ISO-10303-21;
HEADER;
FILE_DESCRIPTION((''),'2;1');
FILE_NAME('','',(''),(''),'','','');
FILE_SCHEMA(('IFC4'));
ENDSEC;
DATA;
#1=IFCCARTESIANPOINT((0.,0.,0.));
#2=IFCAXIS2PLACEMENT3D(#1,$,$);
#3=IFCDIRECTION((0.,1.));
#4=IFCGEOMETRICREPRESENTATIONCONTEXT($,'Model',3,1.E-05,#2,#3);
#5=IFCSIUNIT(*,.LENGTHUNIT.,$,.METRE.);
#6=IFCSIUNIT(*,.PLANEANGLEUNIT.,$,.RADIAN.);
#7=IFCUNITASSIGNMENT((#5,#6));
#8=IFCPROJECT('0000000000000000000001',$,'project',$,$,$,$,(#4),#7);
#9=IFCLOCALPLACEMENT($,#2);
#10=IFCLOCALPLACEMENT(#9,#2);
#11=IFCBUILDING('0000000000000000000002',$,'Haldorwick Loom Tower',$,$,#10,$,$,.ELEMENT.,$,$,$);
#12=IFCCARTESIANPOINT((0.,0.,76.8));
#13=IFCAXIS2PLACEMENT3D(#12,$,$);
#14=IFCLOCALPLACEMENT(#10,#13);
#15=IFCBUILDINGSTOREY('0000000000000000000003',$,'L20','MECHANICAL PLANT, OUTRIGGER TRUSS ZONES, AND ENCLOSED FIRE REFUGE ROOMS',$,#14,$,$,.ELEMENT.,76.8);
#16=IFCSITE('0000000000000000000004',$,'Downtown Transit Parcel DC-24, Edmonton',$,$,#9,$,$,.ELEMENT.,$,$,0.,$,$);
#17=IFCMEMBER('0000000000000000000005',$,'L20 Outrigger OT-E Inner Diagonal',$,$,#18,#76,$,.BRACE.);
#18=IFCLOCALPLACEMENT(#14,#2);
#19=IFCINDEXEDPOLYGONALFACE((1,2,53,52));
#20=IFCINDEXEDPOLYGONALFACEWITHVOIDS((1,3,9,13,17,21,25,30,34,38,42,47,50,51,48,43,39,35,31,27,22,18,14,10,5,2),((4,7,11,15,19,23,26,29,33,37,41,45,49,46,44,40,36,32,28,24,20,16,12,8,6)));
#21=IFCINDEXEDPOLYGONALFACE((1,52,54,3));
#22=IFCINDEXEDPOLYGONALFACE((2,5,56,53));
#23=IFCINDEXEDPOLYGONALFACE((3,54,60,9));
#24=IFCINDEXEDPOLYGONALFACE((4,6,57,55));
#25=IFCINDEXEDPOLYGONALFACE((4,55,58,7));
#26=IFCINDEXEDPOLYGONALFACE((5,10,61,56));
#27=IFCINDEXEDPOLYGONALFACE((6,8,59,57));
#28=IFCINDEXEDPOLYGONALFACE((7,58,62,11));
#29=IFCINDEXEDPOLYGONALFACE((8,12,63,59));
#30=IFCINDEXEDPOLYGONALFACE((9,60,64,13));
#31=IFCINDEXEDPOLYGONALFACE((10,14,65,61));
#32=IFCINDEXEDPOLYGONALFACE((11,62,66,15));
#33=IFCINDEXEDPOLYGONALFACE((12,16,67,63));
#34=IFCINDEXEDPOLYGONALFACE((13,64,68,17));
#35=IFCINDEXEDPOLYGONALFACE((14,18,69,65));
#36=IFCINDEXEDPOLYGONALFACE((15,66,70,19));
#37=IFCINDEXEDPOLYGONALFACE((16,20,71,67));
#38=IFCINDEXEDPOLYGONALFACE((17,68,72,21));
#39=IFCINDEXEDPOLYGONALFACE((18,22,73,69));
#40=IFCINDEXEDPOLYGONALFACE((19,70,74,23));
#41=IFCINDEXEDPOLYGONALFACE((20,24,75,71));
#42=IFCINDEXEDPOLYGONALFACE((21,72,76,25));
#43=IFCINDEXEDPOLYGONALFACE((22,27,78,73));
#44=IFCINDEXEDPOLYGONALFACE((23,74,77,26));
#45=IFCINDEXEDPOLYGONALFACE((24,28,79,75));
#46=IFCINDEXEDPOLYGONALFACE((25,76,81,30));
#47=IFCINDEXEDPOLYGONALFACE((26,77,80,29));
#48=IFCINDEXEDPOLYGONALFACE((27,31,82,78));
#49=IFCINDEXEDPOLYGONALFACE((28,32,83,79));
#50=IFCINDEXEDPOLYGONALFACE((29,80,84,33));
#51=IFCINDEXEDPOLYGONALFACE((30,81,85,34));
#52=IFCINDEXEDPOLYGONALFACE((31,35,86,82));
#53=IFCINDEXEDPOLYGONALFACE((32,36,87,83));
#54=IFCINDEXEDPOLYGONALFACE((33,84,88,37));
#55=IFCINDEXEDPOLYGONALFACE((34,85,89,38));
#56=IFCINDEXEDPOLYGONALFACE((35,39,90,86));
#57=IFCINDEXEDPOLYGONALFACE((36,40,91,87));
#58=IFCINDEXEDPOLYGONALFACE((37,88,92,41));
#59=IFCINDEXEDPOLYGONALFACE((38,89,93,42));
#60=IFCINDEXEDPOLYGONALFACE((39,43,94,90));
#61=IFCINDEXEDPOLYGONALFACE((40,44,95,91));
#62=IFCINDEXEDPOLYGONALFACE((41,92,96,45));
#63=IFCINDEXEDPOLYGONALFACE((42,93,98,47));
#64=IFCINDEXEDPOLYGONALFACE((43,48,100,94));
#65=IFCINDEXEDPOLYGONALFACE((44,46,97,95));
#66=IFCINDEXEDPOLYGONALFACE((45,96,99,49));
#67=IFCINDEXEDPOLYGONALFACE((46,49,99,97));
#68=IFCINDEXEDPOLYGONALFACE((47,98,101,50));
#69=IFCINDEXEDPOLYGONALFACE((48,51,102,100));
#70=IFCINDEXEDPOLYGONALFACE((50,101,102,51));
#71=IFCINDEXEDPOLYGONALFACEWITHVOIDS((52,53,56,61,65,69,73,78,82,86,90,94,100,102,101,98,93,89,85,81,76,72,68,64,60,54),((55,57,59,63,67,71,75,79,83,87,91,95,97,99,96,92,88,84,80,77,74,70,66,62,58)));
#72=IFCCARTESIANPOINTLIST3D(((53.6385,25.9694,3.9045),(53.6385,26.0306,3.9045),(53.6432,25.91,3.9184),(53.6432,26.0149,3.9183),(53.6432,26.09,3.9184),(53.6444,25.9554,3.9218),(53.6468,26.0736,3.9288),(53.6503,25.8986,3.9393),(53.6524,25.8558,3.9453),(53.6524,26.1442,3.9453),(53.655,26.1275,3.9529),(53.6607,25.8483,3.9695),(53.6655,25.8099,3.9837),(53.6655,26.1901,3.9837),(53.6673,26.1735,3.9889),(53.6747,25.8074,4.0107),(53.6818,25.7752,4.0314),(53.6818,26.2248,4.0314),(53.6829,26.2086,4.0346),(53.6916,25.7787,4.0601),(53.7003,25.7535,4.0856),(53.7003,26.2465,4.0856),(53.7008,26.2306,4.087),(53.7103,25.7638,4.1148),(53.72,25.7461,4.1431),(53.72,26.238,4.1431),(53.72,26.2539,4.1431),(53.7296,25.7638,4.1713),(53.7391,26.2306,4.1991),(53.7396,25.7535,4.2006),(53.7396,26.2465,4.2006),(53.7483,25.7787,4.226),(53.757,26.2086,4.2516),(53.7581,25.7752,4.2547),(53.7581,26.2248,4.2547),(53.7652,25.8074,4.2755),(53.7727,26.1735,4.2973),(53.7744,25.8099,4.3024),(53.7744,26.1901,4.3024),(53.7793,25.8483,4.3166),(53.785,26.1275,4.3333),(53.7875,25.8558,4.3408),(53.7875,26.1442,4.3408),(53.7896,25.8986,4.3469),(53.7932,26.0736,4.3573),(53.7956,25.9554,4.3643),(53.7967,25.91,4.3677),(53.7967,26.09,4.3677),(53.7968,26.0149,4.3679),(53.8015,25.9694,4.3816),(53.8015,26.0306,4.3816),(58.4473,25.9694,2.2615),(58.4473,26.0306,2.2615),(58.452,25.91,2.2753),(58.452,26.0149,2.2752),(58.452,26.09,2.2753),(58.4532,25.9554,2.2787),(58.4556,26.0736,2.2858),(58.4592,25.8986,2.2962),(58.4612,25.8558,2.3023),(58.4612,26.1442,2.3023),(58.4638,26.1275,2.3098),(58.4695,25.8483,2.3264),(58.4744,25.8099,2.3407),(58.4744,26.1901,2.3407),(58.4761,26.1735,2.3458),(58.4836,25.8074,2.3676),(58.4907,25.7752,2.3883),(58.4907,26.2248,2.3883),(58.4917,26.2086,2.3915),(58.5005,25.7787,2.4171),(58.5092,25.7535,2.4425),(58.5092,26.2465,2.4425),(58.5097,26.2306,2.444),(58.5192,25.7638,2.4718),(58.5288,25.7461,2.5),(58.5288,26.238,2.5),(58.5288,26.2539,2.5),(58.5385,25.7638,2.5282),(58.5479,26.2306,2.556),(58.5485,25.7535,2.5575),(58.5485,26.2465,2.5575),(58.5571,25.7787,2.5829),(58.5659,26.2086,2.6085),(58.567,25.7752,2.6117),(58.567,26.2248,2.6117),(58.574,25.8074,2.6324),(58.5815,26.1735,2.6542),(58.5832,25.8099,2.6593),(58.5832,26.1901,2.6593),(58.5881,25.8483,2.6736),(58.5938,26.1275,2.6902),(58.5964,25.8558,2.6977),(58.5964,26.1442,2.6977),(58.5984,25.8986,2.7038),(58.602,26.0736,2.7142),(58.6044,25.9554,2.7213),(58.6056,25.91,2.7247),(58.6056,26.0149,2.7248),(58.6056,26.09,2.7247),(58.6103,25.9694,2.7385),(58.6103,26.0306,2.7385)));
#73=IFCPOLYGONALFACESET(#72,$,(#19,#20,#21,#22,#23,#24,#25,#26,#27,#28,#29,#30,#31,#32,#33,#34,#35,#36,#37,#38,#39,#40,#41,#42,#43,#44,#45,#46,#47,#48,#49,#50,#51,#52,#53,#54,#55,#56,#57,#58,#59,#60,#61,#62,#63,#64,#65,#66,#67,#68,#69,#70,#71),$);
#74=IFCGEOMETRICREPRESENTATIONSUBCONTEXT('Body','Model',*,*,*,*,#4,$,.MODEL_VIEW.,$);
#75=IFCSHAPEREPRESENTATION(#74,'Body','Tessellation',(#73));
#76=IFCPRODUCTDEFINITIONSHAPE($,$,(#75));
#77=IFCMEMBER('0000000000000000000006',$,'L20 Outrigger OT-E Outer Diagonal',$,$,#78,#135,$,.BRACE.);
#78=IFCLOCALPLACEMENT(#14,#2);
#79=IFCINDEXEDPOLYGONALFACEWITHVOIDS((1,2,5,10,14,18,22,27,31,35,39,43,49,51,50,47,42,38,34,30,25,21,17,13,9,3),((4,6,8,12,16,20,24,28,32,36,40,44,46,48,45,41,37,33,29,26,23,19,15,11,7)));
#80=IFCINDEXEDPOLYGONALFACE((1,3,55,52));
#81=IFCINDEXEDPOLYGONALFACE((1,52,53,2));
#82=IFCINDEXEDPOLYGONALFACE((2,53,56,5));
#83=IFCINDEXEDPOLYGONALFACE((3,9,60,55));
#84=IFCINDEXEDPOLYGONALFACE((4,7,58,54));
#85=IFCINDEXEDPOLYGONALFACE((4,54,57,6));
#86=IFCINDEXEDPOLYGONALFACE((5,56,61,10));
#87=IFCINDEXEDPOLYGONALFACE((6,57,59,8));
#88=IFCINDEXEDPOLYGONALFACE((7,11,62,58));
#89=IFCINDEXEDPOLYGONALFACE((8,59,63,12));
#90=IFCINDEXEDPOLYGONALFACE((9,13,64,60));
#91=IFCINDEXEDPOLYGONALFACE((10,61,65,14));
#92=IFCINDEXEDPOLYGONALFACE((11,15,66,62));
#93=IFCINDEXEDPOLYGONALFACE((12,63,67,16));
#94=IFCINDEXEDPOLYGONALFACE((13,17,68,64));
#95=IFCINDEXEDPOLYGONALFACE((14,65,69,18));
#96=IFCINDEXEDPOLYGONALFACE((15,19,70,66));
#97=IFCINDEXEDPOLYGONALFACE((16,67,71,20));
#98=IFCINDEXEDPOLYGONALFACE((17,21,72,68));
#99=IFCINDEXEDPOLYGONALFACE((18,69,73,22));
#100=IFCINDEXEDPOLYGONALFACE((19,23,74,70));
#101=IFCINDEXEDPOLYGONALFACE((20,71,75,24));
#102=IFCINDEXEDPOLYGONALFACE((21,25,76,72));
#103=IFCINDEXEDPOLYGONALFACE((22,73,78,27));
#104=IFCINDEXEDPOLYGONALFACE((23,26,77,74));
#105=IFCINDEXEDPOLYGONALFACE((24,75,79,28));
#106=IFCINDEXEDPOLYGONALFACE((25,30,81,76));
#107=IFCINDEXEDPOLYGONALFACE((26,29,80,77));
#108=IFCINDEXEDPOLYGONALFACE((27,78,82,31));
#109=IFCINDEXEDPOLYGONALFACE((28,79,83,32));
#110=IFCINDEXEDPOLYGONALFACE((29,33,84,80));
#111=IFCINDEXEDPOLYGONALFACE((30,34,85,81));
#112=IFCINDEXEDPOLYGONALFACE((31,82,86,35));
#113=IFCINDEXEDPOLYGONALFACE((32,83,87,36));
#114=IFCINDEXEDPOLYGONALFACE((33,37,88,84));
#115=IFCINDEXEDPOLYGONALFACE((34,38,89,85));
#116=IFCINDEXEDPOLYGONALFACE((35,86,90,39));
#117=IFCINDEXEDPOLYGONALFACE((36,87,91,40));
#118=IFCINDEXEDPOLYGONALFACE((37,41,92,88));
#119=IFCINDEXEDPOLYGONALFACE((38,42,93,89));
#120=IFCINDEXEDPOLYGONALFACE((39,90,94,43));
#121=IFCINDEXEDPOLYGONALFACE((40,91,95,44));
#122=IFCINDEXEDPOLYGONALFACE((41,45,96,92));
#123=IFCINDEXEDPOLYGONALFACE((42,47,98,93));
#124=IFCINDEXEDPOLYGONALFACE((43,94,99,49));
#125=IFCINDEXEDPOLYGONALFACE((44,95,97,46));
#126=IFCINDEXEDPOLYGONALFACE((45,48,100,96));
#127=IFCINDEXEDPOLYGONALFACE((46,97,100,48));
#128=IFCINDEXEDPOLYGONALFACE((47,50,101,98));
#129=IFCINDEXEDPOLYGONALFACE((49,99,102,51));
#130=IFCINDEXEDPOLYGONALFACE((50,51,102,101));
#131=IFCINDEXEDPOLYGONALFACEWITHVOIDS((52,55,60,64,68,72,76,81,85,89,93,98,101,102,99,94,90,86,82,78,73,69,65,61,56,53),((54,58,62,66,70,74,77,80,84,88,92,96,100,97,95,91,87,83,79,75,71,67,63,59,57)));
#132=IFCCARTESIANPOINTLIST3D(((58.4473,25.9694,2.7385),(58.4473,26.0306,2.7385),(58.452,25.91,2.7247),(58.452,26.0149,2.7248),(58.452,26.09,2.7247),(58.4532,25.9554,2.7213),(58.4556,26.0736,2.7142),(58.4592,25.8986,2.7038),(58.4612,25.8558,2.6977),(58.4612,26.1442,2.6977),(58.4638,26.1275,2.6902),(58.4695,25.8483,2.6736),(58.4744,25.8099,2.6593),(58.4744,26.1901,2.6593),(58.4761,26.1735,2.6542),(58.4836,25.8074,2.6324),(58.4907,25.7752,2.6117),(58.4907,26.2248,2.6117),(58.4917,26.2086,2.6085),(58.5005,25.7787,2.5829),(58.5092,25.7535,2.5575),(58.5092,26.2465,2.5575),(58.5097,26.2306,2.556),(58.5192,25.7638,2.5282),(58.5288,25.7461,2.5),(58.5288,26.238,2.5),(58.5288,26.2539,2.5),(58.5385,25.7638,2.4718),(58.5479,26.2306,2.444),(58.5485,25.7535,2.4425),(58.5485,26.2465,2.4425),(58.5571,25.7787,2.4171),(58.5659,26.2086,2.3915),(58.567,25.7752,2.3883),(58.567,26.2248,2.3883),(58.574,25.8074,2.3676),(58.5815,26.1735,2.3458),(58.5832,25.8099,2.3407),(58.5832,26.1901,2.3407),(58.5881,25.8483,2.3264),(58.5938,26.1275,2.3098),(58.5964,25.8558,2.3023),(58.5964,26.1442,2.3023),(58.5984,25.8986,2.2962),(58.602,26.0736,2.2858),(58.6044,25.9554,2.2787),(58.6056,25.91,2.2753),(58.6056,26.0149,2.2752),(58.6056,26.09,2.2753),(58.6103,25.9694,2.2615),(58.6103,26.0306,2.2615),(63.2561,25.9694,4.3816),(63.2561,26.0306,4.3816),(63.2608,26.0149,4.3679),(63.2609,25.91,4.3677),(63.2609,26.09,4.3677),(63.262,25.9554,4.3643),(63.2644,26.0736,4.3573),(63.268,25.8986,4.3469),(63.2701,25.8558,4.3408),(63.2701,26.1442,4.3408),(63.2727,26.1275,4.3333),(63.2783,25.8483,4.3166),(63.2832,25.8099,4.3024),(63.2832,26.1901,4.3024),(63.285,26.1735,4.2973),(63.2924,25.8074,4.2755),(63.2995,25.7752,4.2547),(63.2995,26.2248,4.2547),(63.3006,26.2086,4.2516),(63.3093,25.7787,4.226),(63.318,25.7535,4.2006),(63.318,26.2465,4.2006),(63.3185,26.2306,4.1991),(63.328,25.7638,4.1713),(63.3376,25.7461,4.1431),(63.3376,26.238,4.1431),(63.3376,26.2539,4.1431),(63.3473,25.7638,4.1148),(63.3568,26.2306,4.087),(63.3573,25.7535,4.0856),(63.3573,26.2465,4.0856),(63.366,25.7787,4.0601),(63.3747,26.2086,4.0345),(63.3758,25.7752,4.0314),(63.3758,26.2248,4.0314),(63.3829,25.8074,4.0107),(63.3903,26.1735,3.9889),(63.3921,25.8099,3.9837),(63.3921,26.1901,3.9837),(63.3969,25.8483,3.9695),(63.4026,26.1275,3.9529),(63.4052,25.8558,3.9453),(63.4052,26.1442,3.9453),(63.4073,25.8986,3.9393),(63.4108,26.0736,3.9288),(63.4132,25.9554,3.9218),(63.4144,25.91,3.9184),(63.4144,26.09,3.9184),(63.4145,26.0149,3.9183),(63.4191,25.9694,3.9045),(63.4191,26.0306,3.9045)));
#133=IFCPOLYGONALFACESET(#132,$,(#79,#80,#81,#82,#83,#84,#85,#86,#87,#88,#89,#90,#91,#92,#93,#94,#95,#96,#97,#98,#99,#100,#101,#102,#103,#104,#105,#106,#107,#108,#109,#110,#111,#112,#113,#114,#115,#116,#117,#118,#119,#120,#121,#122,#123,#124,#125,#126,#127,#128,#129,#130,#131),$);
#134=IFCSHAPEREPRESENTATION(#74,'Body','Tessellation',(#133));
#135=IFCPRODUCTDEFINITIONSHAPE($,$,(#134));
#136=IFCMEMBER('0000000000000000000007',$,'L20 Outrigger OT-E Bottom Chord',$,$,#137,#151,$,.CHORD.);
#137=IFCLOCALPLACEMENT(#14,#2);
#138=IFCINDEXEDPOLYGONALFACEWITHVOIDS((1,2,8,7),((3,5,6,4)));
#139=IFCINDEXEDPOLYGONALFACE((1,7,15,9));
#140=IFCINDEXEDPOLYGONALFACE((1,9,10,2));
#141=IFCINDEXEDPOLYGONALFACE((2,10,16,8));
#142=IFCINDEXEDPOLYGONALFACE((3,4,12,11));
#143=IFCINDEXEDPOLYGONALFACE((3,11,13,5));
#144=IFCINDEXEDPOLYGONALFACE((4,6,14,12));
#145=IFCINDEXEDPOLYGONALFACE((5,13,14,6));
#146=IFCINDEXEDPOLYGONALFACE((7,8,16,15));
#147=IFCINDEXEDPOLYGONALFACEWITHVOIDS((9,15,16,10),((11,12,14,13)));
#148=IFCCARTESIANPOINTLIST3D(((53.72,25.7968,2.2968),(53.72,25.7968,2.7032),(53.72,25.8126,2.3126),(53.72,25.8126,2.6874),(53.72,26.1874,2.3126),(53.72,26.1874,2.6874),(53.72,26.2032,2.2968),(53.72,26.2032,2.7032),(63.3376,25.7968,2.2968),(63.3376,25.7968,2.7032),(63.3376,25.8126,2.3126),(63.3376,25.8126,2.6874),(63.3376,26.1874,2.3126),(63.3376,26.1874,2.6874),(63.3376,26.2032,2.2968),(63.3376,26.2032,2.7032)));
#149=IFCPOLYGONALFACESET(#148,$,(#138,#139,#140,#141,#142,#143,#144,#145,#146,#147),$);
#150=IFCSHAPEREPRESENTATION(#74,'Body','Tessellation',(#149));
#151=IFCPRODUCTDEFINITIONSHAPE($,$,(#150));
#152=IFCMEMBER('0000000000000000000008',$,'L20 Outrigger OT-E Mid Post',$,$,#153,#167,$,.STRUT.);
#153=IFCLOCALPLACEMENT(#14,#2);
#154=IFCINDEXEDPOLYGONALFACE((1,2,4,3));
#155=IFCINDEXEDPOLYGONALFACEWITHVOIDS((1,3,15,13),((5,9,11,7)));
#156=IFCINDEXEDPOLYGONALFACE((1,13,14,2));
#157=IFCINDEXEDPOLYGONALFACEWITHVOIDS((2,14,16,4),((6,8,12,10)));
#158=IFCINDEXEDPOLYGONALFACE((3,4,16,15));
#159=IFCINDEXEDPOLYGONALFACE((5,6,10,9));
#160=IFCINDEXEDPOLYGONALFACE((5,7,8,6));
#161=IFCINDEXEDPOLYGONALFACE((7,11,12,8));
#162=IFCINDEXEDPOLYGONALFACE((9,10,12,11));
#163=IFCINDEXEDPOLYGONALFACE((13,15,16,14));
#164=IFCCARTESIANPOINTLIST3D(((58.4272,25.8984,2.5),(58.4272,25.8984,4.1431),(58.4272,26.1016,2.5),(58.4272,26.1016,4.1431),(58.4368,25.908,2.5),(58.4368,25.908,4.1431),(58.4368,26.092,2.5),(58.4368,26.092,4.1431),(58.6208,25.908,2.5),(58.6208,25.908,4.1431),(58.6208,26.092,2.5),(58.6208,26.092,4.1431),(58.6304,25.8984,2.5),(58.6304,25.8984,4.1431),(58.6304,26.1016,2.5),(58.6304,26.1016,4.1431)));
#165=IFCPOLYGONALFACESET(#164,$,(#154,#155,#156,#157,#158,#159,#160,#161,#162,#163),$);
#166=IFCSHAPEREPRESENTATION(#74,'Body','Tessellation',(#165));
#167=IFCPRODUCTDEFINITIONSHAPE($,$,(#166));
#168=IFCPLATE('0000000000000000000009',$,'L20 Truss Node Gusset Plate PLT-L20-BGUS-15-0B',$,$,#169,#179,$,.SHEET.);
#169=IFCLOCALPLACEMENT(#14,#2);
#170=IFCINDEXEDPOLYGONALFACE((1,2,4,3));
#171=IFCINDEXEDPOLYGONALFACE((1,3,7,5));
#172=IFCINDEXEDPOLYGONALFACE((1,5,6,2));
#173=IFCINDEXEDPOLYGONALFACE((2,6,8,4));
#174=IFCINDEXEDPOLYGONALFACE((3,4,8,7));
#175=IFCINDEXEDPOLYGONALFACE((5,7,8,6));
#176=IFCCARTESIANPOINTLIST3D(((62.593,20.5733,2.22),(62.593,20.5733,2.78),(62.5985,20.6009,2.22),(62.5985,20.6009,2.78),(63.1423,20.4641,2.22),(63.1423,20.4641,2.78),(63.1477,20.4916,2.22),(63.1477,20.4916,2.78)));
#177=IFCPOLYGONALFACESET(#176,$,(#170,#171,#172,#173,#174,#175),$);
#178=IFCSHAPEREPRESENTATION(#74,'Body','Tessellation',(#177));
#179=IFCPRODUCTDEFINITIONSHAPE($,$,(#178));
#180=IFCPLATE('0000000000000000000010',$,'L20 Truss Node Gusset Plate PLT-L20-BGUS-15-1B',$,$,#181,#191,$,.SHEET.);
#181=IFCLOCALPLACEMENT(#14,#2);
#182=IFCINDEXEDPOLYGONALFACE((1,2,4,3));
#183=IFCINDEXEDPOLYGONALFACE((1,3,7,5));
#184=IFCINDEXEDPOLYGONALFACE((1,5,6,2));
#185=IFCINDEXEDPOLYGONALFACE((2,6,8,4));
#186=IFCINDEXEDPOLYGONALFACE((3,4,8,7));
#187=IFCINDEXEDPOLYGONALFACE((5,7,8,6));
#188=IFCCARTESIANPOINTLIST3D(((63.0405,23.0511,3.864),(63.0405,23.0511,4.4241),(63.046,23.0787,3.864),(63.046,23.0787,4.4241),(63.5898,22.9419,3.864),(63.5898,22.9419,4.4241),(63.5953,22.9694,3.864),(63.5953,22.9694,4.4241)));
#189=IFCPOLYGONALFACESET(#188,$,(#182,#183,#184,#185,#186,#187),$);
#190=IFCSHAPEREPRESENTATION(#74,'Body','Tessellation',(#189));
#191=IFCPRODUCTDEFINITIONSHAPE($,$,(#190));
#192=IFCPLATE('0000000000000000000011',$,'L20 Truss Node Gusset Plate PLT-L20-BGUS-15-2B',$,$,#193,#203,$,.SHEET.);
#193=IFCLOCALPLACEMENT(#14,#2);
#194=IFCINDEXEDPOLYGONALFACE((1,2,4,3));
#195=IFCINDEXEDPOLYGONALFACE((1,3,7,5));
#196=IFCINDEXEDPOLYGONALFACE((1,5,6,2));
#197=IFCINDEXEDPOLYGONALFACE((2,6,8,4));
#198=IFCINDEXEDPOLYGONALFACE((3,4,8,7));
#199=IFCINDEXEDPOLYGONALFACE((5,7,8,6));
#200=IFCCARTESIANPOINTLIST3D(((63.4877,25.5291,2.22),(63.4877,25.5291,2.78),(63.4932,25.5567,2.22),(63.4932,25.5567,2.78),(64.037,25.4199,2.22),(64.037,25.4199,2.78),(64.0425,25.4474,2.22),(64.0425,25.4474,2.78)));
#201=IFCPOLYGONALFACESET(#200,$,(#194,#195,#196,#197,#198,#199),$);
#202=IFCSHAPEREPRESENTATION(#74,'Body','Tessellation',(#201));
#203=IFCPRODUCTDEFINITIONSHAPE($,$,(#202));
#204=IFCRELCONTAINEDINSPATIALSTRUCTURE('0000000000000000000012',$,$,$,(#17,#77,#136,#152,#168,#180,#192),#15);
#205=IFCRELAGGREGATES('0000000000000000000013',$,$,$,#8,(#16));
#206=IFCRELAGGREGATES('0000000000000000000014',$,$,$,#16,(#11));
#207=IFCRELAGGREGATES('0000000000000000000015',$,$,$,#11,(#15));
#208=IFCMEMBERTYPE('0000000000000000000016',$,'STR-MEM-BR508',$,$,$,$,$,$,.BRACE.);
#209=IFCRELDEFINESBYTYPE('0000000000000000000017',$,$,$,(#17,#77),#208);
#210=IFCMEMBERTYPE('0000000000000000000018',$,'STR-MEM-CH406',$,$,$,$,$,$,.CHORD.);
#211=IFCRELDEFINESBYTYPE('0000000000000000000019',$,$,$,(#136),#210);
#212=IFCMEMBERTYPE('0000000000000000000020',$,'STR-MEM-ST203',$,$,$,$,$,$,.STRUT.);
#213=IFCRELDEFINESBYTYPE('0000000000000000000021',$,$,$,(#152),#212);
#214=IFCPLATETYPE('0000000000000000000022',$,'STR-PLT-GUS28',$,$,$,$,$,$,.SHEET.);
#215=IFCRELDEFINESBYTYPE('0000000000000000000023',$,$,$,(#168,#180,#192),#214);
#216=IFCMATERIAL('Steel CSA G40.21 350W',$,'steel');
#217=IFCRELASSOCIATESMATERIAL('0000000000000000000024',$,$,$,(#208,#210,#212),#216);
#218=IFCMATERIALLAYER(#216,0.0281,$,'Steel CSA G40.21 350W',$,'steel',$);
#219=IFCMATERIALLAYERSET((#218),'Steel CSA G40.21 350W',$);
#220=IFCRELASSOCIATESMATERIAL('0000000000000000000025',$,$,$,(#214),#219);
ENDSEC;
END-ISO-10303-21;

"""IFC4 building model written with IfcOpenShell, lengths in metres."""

from ifc_helpers import new_model, si_unit, direction, frame, origin, origin_2d, place, context, subcontext, project, spatial, rectangle, hollow_rectangle, hollow_circle, extrude, material, layer, layer_set, material_profile, profile_set, type_object, element, save


model = new_model("IFC4")

# Units and contexts
model_context = context("Model", 3, precision=1e-05, world=origin(), true_north=direction((0.0, 1.0)))
body_context = subcontext(model_context, "Body", "Model", "MODEL_VIEW")
ifc_project = project(units=[si_unit("LENGTHUNIT", "METRE"), si_unit("PLANEANGLEUNIT", "RADIAN")], contexts=[model_context])

# Site, building, storey
site_placement = place(None, origin())
site = spatial("IfcSite", under=ifc_project, at=site_placement, Name="Downtown Transit Parcel DC-24, Edmonton", CompositionType="ELEMENT", RefElevation=0.0)
building_placement = place(site_placement, origin())
building = spatial("IfcBuilding", under=site, at=building_placement, Name="Haldorwick Loom Tower", CompositionType="ELEMENT")
storey_placement = place(building_placement, frame((0.0, 0.0, 76.8)))
storey = spatial("IfcBuildingStorey", under=building, at=storey_placement, Name="L20", Description="MECHANICAL PLANT, OUTRIGGER TRUSS ZONES, AND ENCLOSED FIRE REFUGE ROOMS", CompositionType="ELEMENT", Elevation=76.8)

# Shared definitions
ifc_material_1 = material(Name="Steel CSA G40.21 350W", Category="steel")

# Members
ifc_material_profile_1 = material_profile(ifc_material_1, hollow_circle(Radius=0.2539, WallThickness=0.0159, at=origin_2d()), Name="HSS508X16", Category="steel")
ifc_profile_set_1 = profile_set([ifc_material_profile_1], Name="Steel CSA G40.21 350W")
member_type_1 = type_object("IfcMemberType", Name="STR-MEM-BR508", PredefinedType="BRACE", material=ifc_profile_set_1)
for number, where, z_axis, x_axis, name in (
    (1, (53.72, 26.0, 4.1431), (0.946288, 0.0, -0.323324), (0.0, 1.0, 0.0), "L20 Outrigger OT-E Inner Diagonal"),
    (2, (58.5288, 26.0, 2.5), (0.946288, 0.0, 0.323324), (0.0, 1.0, 0.0), "L20 Outrigger OT-E Outer Diagonal"),
):
    element("IfcMember", number, at=place(storey_placement, frame(where, z_axis=z_axis, x_axis=x_axis)), inside=storey, type_object=member_type_1, Name=name, PredefinedType="BRACE", context=body_context, shape_type="SweptSolid", body=[
        extrude(hollow_circle(Radius=0.2539, WallThickness=0.0159, at=origin_2d()), origin(), (0.0, 0.0, 1.0), 5.0818),
    ])
ifc_material_profile_2 = material_profile(ifc_material_1, hollow_rectangle(XDim=0.4065, YDim=0.4065, WallThickness=0.0159, at=origin_2d()), Name="HSS406X406X16", Category="steel")
ifc_profile_set_2 = profile_set([ifc_material_profile_2], Name="Steel CSA G40.21 350W")
member_type_2 = type_object("IfcMemberType", Name="STR-MEM-CH406", PredefinedType="CHORD", material=ifc_profile_set_2)
member_1_placement = place(storey_placement, frame((53.72, 26.0, 2.5), z_axis=(1.0, 0.0, 0.0), x_axis=(0.0, 1.0, 0.0)))
element("IfcMember", 3, at=member_1_placement, inside=storey, type_object=member_type_2, Name="L20 Outrigger OT-E Bottom Chord", PredefinedType="CHORD", context=body_context, shape_type="SweptSolid", body=[
    extrude(hollow_rectangle(XDim=0.4065, YDim=0.4065, WallThickness=0.0159, at=origin_2d()), origin(), (0.0, 0.0, 1.0), 9.6177),
])
ifc_material_profile_3 = material_profile(ifc_material_1, hollow_rectangle(XDim=0.2031, YDim=0.2031, WallThickness=0.0095, at=origin_2d()), Name="HSS203X203X10", Category="steel")
ifc_profile_set_3 = profile_set([ifc_material_profile_3], Name="Steel CSA G40.21 350W")
member_type_3 = type_object("IfcMemberType", Name="STR-MEM-ST203", PredefinedType="STRUT", material=ifc_profile_set_3)
member_2_placement = place(storey_placement, frame((58.5288, 26.0, 2.5), z_axis=(0.0, 0.0, 1.0), x_axis=(1.0, 0.0, 0.0)))
element("IfcMember", 4, at=member_2_placement, inside=storey, type_object=member_type_3, Name="L20 Outrigger OT-E Mid Post", PredefinedType="STRUT", context=body_context, shape_type="SweptSolid", body=[
    extrude(hollow_rectangle(XDim=0.2031, YDim=0.2031, WallThickness=0.0095, at=origin_2d()), origin(), (0.0, 0.0, 1.0), 1.6431),
])

# Plates
ifc_layer_1 = layer(ifc_material_1, 0.0281, Name="Steel CSA G40.21 350W", Category="steel")
ifc_layer_set_1 = layer_set([ifc_layer_1], Name="Steel CSA G40.21 350W")
plate_type = type_object("IfcPlateType", Name="STR-PLT-GUS28", PredefinedType="SHEET", material=ifc_layer_set_1)
for number, where, z_axis, x_axis, name in (
    (5, (62.8704, 20.5325, 2.22), (0.0, 0.0, 1.0), (-0.980785, 0.19509, 0.0), "L20 Truss Node Gusset Plate PLT-L20-BGUS-15-0B"),
    (6, (63.3179, 23.0103, 3.864), (0.0, 0.0, 1.0), (-0.980785, 0.19509, 0.0), "L20 Truss Node Gusset Plate PLT-L20-BGUS-15-1B"),
    (7, (63.7651, 25.4883, 2.22), (0.0, 0.0, 1.0), (-0.980785, 0.19509, 0.0), "L20 Truss Node Gusset Plate PLT-L20-BGUS-15-2B"),
):
    element("IfcPlate", number, at=place(storey_placement, frame(where, z_axis=z_axis, x_axis=x_axis)), inside=storey, type_object=plate_type, Name=name, PredefinedType="SHEET", context=body_context, shape_type="SweptSolid", body=[
        extrude(rectangle(XDim=0.5601, YDim=0.0281, at=origin_2d()), origin(), (0.0, 0.0, 1.0), 0.5601),
    ])

save(model, "model.ifc")
